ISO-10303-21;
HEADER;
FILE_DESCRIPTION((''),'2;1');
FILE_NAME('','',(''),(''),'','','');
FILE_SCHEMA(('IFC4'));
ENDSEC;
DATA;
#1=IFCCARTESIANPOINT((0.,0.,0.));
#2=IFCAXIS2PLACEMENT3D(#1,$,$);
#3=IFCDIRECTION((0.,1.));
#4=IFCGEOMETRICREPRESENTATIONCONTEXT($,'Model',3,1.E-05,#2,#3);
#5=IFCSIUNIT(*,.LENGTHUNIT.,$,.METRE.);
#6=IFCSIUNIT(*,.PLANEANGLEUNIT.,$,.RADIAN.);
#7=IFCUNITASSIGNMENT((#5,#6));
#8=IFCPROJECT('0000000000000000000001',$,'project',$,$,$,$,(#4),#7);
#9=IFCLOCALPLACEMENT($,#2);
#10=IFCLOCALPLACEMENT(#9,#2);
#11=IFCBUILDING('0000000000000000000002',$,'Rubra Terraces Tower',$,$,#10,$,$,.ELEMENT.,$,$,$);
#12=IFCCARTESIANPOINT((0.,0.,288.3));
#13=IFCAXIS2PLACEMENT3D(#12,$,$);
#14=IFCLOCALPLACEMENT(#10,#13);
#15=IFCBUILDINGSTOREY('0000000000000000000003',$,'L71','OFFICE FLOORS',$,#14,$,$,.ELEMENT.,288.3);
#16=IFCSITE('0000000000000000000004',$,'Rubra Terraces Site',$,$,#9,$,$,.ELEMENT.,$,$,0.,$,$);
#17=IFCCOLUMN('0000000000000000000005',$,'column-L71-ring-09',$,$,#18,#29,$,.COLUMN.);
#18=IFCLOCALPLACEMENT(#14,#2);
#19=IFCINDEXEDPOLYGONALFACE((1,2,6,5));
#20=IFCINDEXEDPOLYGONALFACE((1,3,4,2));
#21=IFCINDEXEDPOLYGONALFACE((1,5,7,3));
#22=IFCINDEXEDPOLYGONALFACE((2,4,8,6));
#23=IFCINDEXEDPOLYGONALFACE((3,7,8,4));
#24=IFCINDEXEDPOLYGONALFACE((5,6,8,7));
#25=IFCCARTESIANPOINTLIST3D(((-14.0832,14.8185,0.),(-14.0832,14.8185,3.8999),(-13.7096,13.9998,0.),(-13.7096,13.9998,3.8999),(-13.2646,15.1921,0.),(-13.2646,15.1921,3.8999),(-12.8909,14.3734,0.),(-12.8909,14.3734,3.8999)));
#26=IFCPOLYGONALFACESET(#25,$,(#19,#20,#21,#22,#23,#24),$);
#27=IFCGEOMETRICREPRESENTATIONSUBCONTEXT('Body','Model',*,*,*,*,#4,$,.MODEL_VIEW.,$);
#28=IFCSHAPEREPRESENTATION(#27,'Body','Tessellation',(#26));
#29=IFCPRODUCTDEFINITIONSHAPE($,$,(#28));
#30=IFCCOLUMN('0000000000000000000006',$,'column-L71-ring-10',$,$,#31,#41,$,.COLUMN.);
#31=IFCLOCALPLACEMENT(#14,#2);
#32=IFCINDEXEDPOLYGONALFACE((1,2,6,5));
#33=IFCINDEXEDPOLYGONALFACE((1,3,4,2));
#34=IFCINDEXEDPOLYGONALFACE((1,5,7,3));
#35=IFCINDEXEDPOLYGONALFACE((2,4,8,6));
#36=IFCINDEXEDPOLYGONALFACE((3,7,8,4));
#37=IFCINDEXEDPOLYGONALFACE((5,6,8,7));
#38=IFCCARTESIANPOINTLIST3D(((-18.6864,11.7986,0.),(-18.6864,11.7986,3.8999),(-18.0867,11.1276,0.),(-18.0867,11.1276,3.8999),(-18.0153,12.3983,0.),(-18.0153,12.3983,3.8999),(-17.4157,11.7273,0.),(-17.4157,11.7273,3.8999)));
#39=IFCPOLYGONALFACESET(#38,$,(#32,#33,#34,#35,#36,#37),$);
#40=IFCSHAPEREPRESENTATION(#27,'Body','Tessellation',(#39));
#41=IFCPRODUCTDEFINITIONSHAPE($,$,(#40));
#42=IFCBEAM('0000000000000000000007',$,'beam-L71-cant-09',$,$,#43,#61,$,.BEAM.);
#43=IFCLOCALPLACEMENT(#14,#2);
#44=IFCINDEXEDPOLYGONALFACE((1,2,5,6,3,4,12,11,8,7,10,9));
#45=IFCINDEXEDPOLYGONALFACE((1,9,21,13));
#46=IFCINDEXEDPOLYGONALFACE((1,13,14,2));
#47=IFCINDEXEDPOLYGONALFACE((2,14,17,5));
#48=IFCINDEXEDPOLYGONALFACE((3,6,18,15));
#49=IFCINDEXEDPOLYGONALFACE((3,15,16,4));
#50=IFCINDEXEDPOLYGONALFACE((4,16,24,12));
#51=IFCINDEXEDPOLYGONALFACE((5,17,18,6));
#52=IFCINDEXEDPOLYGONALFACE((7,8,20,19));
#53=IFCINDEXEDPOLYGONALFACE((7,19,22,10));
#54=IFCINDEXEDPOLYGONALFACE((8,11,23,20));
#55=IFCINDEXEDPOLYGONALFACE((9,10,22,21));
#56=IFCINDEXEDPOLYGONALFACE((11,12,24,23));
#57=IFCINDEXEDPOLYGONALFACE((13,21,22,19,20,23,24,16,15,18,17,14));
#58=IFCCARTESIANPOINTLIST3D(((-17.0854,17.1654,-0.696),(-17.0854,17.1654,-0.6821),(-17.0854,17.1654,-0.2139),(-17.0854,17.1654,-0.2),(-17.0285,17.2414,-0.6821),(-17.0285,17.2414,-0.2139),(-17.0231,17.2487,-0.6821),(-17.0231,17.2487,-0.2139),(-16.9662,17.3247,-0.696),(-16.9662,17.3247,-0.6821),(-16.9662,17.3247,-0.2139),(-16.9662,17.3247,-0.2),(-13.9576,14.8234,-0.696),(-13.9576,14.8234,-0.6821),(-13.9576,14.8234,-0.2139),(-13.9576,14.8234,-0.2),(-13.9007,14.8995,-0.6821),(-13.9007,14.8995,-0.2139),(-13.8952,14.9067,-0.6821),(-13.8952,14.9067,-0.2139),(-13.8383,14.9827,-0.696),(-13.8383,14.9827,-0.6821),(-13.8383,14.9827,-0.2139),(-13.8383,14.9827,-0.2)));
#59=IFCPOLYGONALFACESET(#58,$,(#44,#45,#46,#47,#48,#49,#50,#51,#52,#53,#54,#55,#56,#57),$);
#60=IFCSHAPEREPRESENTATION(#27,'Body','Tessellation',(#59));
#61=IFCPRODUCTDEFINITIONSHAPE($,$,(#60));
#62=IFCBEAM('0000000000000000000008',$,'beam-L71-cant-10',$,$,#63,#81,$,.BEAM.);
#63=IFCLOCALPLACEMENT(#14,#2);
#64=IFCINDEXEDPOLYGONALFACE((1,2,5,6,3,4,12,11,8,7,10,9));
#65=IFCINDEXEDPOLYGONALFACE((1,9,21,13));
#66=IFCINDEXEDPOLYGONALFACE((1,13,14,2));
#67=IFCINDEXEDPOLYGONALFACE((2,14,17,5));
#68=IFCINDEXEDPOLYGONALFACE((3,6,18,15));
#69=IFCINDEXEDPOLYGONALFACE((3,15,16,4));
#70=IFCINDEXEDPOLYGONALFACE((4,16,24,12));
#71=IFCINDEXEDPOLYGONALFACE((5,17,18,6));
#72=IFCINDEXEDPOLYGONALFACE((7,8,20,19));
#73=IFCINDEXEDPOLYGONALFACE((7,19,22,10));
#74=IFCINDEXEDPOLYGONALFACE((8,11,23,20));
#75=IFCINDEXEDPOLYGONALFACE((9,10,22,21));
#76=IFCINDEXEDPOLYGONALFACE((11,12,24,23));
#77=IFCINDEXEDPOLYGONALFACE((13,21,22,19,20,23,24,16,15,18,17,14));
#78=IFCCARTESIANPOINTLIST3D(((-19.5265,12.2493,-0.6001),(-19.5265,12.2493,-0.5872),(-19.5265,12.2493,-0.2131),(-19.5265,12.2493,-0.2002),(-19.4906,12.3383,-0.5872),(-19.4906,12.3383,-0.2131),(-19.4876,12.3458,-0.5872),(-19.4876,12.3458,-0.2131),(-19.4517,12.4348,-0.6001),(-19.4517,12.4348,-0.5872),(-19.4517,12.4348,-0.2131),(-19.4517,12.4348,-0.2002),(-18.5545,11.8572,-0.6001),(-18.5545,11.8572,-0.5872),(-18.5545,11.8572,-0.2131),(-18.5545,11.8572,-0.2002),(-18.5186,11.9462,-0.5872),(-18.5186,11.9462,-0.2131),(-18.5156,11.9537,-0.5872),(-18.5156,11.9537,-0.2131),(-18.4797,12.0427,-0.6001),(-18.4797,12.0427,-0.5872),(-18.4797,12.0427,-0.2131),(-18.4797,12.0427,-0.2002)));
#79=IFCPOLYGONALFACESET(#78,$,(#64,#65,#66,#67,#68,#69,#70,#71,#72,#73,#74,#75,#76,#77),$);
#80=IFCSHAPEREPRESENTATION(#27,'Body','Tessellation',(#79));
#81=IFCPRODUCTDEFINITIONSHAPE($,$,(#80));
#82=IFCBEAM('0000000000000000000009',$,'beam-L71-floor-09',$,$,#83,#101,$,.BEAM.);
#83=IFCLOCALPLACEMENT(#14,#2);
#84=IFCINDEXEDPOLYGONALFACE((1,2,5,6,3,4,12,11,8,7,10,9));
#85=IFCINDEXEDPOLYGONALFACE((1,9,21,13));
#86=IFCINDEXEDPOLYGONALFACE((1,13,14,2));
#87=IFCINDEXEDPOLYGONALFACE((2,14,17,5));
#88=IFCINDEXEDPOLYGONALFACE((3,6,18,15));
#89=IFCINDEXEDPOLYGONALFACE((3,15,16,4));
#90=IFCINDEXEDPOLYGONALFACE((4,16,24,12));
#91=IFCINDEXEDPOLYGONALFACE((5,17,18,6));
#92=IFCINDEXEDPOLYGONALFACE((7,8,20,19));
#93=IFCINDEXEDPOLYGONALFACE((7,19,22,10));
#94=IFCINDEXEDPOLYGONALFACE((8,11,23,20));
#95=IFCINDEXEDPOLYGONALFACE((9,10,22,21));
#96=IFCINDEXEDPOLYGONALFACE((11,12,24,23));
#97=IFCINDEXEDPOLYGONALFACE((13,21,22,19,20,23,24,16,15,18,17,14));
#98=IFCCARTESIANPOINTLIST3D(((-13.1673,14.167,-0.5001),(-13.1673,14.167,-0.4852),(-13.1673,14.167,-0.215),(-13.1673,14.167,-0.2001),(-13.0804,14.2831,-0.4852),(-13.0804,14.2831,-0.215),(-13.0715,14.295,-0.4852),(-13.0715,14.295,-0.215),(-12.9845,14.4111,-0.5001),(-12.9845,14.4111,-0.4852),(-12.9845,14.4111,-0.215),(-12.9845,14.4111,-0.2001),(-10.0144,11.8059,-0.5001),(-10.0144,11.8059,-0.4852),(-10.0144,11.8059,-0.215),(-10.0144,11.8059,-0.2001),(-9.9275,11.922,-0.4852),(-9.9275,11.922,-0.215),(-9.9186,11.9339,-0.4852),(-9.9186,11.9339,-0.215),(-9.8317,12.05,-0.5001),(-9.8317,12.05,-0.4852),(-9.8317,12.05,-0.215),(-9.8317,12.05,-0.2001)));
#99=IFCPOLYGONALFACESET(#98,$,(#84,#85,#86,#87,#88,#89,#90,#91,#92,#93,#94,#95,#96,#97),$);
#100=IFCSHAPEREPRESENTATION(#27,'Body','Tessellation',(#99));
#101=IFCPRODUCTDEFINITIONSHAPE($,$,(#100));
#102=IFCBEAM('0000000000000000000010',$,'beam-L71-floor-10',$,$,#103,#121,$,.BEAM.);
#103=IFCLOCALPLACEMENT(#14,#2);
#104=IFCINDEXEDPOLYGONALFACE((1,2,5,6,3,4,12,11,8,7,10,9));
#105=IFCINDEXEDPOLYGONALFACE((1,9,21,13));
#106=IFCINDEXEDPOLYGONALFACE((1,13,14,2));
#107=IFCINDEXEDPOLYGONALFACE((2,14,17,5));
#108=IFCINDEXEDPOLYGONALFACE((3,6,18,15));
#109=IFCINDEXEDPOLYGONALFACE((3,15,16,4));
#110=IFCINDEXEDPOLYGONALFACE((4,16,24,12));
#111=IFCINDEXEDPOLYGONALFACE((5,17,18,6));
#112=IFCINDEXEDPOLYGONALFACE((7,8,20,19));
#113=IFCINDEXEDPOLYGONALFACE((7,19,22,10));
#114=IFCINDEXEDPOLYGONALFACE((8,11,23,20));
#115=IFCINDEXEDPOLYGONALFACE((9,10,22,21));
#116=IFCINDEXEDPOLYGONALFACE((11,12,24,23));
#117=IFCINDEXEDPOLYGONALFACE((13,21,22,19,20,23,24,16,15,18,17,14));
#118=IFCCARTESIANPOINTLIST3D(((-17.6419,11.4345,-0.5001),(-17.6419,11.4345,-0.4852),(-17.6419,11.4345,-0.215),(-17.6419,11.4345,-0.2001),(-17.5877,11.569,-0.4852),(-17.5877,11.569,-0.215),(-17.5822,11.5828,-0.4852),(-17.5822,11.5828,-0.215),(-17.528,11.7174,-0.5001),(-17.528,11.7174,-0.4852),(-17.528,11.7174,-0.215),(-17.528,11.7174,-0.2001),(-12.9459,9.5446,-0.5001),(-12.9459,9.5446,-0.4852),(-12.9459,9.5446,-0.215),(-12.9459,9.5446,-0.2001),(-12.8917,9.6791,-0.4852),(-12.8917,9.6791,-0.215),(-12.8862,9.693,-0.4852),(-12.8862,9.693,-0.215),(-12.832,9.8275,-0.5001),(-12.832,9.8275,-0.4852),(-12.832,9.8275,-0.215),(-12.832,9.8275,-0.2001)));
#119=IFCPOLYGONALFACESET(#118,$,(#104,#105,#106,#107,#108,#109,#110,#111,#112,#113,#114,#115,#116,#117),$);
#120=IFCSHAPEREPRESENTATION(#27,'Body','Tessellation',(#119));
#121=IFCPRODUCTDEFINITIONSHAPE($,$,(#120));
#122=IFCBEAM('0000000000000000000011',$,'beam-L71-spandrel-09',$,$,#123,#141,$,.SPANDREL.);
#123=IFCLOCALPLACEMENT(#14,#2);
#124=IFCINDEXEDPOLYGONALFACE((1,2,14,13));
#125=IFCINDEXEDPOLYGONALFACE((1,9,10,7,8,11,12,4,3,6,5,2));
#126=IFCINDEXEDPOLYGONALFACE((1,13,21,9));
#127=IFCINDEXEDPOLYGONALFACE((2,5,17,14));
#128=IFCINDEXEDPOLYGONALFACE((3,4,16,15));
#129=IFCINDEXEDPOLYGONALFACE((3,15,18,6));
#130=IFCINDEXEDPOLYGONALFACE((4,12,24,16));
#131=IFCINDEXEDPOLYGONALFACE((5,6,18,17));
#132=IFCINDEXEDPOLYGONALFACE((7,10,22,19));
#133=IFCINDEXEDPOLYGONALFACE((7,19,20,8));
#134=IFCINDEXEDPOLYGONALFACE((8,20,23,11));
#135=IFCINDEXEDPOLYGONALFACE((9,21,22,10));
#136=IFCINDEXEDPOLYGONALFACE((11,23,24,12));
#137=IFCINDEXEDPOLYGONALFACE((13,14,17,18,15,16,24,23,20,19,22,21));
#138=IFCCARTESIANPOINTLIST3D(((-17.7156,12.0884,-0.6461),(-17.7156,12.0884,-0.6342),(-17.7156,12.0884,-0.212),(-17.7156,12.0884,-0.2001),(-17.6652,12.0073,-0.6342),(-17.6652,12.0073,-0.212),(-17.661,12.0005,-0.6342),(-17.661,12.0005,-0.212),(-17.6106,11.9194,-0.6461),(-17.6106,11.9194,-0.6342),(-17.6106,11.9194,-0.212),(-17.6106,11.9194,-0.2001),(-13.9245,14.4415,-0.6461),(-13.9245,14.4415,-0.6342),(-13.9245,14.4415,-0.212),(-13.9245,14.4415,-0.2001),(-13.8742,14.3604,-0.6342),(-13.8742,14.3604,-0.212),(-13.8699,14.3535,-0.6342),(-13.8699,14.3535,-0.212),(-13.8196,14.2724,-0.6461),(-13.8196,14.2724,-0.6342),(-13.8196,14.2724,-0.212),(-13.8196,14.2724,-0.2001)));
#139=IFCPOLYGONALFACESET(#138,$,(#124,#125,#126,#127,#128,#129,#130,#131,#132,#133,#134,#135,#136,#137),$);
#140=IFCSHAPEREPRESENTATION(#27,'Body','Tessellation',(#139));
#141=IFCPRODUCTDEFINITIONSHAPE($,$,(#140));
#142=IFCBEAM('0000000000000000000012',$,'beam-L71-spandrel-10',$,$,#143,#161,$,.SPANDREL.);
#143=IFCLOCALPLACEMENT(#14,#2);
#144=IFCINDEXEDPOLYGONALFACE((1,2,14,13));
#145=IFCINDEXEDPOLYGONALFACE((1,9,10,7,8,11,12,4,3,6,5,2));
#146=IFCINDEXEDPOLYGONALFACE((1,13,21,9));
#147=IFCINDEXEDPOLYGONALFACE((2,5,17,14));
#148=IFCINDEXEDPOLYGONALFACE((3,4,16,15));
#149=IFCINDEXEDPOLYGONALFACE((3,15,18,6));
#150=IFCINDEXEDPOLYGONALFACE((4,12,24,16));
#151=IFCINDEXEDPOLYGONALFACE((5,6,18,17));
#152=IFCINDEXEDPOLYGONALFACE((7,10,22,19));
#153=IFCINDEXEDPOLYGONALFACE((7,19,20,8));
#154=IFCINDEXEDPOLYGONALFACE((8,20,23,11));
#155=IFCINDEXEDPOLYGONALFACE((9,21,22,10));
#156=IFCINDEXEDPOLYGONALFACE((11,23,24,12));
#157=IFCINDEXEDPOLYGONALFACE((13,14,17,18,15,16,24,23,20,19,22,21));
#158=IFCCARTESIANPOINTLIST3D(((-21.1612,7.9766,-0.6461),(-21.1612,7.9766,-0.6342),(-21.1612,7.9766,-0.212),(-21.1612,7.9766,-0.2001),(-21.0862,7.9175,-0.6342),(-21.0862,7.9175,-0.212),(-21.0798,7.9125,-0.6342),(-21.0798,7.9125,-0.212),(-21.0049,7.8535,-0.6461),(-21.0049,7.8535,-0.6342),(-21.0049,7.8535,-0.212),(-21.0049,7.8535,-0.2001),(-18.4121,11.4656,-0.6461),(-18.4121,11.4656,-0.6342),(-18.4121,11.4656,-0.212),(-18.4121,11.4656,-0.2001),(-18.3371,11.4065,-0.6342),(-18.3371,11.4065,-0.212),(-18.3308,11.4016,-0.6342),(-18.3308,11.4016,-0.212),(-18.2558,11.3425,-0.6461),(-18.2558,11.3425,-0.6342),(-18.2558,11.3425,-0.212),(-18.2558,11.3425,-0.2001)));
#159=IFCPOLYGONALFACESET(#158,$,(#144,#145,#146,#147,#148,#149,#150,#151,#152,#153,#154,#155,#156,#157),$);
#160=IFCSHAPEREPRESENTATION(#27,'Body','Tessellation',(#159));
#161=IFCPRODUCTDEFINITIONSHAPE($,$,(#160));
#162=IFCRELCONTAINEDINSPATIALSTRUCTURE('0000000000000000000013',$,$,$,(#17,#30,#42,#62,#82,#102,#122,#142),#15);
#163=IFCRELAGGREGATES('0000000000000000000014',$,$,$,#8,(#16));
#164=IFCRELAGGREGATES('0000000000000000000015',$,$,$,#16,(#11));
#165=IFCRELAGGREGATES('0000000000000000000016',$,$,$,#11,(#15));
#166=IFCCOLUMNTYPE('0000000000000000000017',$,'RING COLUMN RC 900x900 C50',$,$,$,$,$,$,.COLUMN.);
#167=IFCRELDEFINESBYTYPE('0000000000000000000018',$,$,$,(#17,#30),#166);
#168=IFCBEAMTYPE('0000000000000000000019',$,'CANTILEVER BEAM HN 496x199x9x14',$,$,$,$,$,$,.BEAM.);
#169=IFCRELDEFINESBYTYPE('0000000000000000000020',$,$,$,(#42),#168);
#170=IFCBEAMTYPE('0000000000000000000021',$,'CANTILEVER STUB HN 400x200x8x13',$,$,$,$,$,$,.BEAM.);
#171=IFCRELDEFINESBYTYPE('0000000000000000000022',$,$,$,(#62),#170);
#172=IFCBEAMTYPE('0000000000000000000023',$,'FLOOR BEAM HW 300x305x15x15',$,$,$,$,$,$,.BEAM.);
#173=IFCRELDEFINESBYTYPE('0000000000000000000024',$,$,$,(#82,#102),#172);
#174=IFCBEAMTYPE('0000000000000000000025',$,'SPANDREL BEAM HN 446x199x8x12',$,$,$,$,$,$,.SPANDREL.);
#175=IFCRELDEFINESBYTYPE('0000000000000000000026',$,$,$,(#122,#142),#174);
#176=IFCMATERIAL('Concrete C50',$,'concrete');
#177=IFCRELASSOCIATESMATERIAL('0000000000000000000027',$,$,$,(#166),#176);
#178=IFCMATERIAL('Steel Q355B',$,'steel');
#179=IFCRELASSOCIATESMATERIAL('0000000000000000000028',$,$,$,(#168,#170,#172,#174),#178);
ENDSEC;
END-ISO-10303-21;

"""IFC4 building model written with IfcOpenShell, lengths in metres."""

from ifc_helpers import new_model, si_unit, direction, frame, origin, origin_2d, place, context, subcontext, project, spatial, rectangle, i_section, extrude, material, material_profile, profile_set, type_object, element, save


model = new_model("IFC4")

# Units and contexts
model_context = context("Model", 3, precision=1e-05, world=origin(), true_north=direction((0.0, 1.0)))
body_context = subcontext(model_context, "Body", "Model", "MODEL_VIEW")
ifc_project = project(units=[si_unit("LENGTHUNIT", "METRE"), si_unit("PLANEANGLEUNIT", "RADIAN")], contexts=[model_context])

# Site, building, storey
site_placement = place(None, origin())
site = spatial("IfcSite", under=ifc_project, at=site_placement, Name="Rubra Terraces Site", CompositionType="ELEMENT", RefElevation=0.0)
building_placement = place(site_placement, origin())
building = spatial("IfcBuilding", under=site, at=building_placement, Name="Rubra Terraces Tower", CompositionType="ELEMENT")
storey_placement = place(building_placement, frame((0.0, 0.0, 288.3)))
storey = spatial("IfcBuildingStorey", under=building, at=storey_placement, Name="L71", Description="OFFICE FLOORS", CompositionType="ELEMENT", Elevation=288.3)

# Columns
ifc_material_1 = material(Name="Concrete C50", Category="concrete")
ifc_material_profile_1 = material_profile(ifc_material_1, rectangle(XDim=0.8999, YDim=0.8999, at=origin_2d()), Name="RC 900x900")
ifc_profile_set_1 = profile_set([ifc_material_profile_1], Name="Concrete C50")
column_type = type_object("IfcColumnType", Name="RING COLUMN RC 900x900 C50", PredefinedType="COLUMN", material=ifc_profile_set_1)
for number, where, z_axis, x_axis, name in (
    (1, (-13.4871, 14.5959, 0.0), (0.0, 0.0, 1.0), (-0.909726, -0.415208, 0.0), "column-L71-ring-09"),
    (2, (-18.051, 11.7629, 0.0), (0.0, 0.0, 1.0), (-0.745642, -0.666347, 0.0), "column-L71-ring-10"),
):
    element("IfcColumn", number, at=place(storey_placement, frame(where, z_axis=z_axis, x_axis=x_axis)), inside=storey, type_object=column_type, Name=name, PredefinedType="COLUMN", context=body_context, shape_type="SweptSolid", body=[
        extrude(rectangle(XDim=0.8999, YDim=0.8999, at=origin_2d()), origin(), (0.0, 0.0, 1.0), 3.8999),
    ])

# Beams
ifc_material_2 = material(Name="Steel Q355B", Category="steel")
ifc_material_profile_2 = material_profile(ifc_material_2, i_section(OverallWidth=0.199, OverallDepth=0.4961, WebThickness=0.009, FlangeThickness=0.0139, at=origin_2d()), Name="HN 496x199x9x14")
ifc_profile_set_2 = profile_set([ifc_material_profile_2], Name="Steel Q355B")
beam_type_1 = type_object("IfcBeamType", Name="CANTILEVER BEAM HN 496x199x9x14", PredefinedType="BEAM", material=ifc_profile_set_2)
beam_1_placement = place(storey_placement, frame((-13.8979, 14.9031, -0.448), z_axis=(-0.80048, 0.59936, 0.0), x_axis=(-0.59936, -0.80048, 0.0)))
element("IfcBeam", 3, at=beam_1_placement, inside=storey, type_object=beam_type_1, Name="beam-L71-cant-09", PredefinedType="BEAM", context=body_context, shape_type="SweptSolid", body=[
    extrude(i_section(OverallWidth=0.199, OverallDepth=0.4961, WebThickness=0.009, FlangeThickness=0.0139, at=origin_2d()), origin(), (0.0, 0.0, 1.0), 3.9075),
])
ifc_material_profile_3 = material_profile(ifc_material_2, i_section(OverallWidth=0.2, OverallDepth=0.3999, WebThickness=0.0081, FlangeThickness=0.0129, at=origin_2d()), Name="HN 400x200x8x13")
ifc_profile_set_3 = profile_set([ifc_material_profile_3], Name="Steel Q355B")
beam_type_2 = type_object("IfcBeamType", Name="CANTILEVER STUB HN 400x200x8x13", PredefinedType="BEAM", material=ifc_profile_set_3)
beam_2_placement = place(storey_placement, frame((-18.5171, 11.95, -0.4001), z_axis=(-0.92738, 0.37412, 0.0), x_axis=(-0.37412, -0.92738, 0.0)))
element("IfcBeam", 4, at=beam_2_placement, inside=storey, type_object=beam_type_2, Name="beam-L71-cant-10", PredefinedType="BEAM", context=body_context, shape_type="SweptSolid", body=[
    extrude(i_section(OverallWidth=0.2, OverallDepth=0.3999, WebThickness=0.0081, FlangeThickness=0.0129, at=origin_2d()), origin(), (0.0, 0.0, 1.0), 1.0481),
])
ifc_material_profile_4 = material_profile(ifc_material_2, i_section(OverallWidth=0.3049, OverallDepth=0.3, WebThickness=0.0149, FlangeThickness=0.0149, at=origin_2d()), Name="HW 300x305x15x15")
ifc_profile_set_4 = profile_set([ifc_material_profile_4], Name="Steel Q355B")
beam_type_3 = type_object("IfcBeamType", Name="FLOOR BEAM HW 300x305x15x15", PredefinedType="BEAM", material=ifc_profile_set_4)
beam_3_placement = place(storey_placement, frame((-13.0759, 14.2891, -0.3501), z_axis=(0.800431, -0.599425, 0.0), x_axis=(0.599425, 0.800431, 0.0)))
element("IfcBeam", 5, at=beam_3_placement, inside=storey, type_object=beam_type_3, Name="beam-L71-floor-09", PredefinedType="BEAM", context=body_context, shape_type="SweptSolid", body=[
    extrude(i_section(OverallWidth=0.3049, OverallDepth=0.3, WebThickness=0.0149, FlangeThickness=0.0149, at=origin_2d()), origin(), (0.0, 0.0, 1.0), 3.939),
])
beam_4_placement = place(storey_placement, frame((-17.585, 11.5759, -0.3501), z_axis=(0.927693, -0.373344, 0.0), x_axis=(0.373344, 0.927693, 0.0)))
element("IfcBeam", 6, at=beam_4_placement, inside=storey, type_object=beam_type_3, Name="beam-L71-floor-10", PredefinedType="BEAM", context=body_context, shape_type="SweptSolid", body=[
    extrude(i_section(OverallWidth=0.3049, OverallDepth=0.3, WebThickness=0.0149, FlangeThickness=0.0149, at=origin_2d()), origin(), (0.0, 0.0, 1.0), 5.062),
])
ifc_material_profile_5 = material_profile(ifc_material_2, i_section(OverallWidth=0.199, OverallDepth=0.446, WebThickness=0.0081, FlangeThickness=0.012, at=origin_2d()), Name="HN 446x199x8x12")
ifc_profile_set_5 = profile_set([ifc_material_profile_5], Name="Steel Q355B")
beam_type_4 = type_object("IfcBeamType", Name="SPANDREL BEAM HN 446x199x8x12", PredefinedType="SPANDREL", material=ifc_profile_set_5)
beam_5_placement = place(storey_placement, frame((-13.8721, 14.3569, -0.4231), z_axis=(-0.849642, -0.52736, 0.0), x_axis=(0.52736, -0.849642, 0.0)))
element("IfcBeam", 7, at=beam_5_placement, inside=storey, type_object=beam_type_4, Name="beam-L71-spandrel-09", PredefinedType="SPANDREL", context=body_context, shape_type="SweptSolid", body=[
    extrude(i_section(OverallWidth=0.199, OverallDepth=0.446, WebThickness=0.0081, FlangeThickness=0.012, at=origin_2d()), origin(), (0.0, 0.0, 1.0), 4.4619),
])
beam_6_placement = place(storey_placement, frame((-18.334, 11.4041, -0.4231), z_axis=(-0.618887, -0.78548, 0.0), x_axis=(0.78548, -0.618887, 0.0)))
element("IfcBeam", 8, at=beam_6_placement, inside=storey, type_object=beam_type_4, Name="beam-L71-spandrel-10", PredefinedType="SPANDREL", context=body_context, shape_type="SweptSolid", body=[
    extrude(i_section(OverallWidth=0.199, OverallDepth=0.446, WebThickness=0.0081, FlangeThickness=0.012, at=origin_2d()), origin(), (0.0, 0.0, 1.0), 4.4419),
])

save(model, "model.ifc")
